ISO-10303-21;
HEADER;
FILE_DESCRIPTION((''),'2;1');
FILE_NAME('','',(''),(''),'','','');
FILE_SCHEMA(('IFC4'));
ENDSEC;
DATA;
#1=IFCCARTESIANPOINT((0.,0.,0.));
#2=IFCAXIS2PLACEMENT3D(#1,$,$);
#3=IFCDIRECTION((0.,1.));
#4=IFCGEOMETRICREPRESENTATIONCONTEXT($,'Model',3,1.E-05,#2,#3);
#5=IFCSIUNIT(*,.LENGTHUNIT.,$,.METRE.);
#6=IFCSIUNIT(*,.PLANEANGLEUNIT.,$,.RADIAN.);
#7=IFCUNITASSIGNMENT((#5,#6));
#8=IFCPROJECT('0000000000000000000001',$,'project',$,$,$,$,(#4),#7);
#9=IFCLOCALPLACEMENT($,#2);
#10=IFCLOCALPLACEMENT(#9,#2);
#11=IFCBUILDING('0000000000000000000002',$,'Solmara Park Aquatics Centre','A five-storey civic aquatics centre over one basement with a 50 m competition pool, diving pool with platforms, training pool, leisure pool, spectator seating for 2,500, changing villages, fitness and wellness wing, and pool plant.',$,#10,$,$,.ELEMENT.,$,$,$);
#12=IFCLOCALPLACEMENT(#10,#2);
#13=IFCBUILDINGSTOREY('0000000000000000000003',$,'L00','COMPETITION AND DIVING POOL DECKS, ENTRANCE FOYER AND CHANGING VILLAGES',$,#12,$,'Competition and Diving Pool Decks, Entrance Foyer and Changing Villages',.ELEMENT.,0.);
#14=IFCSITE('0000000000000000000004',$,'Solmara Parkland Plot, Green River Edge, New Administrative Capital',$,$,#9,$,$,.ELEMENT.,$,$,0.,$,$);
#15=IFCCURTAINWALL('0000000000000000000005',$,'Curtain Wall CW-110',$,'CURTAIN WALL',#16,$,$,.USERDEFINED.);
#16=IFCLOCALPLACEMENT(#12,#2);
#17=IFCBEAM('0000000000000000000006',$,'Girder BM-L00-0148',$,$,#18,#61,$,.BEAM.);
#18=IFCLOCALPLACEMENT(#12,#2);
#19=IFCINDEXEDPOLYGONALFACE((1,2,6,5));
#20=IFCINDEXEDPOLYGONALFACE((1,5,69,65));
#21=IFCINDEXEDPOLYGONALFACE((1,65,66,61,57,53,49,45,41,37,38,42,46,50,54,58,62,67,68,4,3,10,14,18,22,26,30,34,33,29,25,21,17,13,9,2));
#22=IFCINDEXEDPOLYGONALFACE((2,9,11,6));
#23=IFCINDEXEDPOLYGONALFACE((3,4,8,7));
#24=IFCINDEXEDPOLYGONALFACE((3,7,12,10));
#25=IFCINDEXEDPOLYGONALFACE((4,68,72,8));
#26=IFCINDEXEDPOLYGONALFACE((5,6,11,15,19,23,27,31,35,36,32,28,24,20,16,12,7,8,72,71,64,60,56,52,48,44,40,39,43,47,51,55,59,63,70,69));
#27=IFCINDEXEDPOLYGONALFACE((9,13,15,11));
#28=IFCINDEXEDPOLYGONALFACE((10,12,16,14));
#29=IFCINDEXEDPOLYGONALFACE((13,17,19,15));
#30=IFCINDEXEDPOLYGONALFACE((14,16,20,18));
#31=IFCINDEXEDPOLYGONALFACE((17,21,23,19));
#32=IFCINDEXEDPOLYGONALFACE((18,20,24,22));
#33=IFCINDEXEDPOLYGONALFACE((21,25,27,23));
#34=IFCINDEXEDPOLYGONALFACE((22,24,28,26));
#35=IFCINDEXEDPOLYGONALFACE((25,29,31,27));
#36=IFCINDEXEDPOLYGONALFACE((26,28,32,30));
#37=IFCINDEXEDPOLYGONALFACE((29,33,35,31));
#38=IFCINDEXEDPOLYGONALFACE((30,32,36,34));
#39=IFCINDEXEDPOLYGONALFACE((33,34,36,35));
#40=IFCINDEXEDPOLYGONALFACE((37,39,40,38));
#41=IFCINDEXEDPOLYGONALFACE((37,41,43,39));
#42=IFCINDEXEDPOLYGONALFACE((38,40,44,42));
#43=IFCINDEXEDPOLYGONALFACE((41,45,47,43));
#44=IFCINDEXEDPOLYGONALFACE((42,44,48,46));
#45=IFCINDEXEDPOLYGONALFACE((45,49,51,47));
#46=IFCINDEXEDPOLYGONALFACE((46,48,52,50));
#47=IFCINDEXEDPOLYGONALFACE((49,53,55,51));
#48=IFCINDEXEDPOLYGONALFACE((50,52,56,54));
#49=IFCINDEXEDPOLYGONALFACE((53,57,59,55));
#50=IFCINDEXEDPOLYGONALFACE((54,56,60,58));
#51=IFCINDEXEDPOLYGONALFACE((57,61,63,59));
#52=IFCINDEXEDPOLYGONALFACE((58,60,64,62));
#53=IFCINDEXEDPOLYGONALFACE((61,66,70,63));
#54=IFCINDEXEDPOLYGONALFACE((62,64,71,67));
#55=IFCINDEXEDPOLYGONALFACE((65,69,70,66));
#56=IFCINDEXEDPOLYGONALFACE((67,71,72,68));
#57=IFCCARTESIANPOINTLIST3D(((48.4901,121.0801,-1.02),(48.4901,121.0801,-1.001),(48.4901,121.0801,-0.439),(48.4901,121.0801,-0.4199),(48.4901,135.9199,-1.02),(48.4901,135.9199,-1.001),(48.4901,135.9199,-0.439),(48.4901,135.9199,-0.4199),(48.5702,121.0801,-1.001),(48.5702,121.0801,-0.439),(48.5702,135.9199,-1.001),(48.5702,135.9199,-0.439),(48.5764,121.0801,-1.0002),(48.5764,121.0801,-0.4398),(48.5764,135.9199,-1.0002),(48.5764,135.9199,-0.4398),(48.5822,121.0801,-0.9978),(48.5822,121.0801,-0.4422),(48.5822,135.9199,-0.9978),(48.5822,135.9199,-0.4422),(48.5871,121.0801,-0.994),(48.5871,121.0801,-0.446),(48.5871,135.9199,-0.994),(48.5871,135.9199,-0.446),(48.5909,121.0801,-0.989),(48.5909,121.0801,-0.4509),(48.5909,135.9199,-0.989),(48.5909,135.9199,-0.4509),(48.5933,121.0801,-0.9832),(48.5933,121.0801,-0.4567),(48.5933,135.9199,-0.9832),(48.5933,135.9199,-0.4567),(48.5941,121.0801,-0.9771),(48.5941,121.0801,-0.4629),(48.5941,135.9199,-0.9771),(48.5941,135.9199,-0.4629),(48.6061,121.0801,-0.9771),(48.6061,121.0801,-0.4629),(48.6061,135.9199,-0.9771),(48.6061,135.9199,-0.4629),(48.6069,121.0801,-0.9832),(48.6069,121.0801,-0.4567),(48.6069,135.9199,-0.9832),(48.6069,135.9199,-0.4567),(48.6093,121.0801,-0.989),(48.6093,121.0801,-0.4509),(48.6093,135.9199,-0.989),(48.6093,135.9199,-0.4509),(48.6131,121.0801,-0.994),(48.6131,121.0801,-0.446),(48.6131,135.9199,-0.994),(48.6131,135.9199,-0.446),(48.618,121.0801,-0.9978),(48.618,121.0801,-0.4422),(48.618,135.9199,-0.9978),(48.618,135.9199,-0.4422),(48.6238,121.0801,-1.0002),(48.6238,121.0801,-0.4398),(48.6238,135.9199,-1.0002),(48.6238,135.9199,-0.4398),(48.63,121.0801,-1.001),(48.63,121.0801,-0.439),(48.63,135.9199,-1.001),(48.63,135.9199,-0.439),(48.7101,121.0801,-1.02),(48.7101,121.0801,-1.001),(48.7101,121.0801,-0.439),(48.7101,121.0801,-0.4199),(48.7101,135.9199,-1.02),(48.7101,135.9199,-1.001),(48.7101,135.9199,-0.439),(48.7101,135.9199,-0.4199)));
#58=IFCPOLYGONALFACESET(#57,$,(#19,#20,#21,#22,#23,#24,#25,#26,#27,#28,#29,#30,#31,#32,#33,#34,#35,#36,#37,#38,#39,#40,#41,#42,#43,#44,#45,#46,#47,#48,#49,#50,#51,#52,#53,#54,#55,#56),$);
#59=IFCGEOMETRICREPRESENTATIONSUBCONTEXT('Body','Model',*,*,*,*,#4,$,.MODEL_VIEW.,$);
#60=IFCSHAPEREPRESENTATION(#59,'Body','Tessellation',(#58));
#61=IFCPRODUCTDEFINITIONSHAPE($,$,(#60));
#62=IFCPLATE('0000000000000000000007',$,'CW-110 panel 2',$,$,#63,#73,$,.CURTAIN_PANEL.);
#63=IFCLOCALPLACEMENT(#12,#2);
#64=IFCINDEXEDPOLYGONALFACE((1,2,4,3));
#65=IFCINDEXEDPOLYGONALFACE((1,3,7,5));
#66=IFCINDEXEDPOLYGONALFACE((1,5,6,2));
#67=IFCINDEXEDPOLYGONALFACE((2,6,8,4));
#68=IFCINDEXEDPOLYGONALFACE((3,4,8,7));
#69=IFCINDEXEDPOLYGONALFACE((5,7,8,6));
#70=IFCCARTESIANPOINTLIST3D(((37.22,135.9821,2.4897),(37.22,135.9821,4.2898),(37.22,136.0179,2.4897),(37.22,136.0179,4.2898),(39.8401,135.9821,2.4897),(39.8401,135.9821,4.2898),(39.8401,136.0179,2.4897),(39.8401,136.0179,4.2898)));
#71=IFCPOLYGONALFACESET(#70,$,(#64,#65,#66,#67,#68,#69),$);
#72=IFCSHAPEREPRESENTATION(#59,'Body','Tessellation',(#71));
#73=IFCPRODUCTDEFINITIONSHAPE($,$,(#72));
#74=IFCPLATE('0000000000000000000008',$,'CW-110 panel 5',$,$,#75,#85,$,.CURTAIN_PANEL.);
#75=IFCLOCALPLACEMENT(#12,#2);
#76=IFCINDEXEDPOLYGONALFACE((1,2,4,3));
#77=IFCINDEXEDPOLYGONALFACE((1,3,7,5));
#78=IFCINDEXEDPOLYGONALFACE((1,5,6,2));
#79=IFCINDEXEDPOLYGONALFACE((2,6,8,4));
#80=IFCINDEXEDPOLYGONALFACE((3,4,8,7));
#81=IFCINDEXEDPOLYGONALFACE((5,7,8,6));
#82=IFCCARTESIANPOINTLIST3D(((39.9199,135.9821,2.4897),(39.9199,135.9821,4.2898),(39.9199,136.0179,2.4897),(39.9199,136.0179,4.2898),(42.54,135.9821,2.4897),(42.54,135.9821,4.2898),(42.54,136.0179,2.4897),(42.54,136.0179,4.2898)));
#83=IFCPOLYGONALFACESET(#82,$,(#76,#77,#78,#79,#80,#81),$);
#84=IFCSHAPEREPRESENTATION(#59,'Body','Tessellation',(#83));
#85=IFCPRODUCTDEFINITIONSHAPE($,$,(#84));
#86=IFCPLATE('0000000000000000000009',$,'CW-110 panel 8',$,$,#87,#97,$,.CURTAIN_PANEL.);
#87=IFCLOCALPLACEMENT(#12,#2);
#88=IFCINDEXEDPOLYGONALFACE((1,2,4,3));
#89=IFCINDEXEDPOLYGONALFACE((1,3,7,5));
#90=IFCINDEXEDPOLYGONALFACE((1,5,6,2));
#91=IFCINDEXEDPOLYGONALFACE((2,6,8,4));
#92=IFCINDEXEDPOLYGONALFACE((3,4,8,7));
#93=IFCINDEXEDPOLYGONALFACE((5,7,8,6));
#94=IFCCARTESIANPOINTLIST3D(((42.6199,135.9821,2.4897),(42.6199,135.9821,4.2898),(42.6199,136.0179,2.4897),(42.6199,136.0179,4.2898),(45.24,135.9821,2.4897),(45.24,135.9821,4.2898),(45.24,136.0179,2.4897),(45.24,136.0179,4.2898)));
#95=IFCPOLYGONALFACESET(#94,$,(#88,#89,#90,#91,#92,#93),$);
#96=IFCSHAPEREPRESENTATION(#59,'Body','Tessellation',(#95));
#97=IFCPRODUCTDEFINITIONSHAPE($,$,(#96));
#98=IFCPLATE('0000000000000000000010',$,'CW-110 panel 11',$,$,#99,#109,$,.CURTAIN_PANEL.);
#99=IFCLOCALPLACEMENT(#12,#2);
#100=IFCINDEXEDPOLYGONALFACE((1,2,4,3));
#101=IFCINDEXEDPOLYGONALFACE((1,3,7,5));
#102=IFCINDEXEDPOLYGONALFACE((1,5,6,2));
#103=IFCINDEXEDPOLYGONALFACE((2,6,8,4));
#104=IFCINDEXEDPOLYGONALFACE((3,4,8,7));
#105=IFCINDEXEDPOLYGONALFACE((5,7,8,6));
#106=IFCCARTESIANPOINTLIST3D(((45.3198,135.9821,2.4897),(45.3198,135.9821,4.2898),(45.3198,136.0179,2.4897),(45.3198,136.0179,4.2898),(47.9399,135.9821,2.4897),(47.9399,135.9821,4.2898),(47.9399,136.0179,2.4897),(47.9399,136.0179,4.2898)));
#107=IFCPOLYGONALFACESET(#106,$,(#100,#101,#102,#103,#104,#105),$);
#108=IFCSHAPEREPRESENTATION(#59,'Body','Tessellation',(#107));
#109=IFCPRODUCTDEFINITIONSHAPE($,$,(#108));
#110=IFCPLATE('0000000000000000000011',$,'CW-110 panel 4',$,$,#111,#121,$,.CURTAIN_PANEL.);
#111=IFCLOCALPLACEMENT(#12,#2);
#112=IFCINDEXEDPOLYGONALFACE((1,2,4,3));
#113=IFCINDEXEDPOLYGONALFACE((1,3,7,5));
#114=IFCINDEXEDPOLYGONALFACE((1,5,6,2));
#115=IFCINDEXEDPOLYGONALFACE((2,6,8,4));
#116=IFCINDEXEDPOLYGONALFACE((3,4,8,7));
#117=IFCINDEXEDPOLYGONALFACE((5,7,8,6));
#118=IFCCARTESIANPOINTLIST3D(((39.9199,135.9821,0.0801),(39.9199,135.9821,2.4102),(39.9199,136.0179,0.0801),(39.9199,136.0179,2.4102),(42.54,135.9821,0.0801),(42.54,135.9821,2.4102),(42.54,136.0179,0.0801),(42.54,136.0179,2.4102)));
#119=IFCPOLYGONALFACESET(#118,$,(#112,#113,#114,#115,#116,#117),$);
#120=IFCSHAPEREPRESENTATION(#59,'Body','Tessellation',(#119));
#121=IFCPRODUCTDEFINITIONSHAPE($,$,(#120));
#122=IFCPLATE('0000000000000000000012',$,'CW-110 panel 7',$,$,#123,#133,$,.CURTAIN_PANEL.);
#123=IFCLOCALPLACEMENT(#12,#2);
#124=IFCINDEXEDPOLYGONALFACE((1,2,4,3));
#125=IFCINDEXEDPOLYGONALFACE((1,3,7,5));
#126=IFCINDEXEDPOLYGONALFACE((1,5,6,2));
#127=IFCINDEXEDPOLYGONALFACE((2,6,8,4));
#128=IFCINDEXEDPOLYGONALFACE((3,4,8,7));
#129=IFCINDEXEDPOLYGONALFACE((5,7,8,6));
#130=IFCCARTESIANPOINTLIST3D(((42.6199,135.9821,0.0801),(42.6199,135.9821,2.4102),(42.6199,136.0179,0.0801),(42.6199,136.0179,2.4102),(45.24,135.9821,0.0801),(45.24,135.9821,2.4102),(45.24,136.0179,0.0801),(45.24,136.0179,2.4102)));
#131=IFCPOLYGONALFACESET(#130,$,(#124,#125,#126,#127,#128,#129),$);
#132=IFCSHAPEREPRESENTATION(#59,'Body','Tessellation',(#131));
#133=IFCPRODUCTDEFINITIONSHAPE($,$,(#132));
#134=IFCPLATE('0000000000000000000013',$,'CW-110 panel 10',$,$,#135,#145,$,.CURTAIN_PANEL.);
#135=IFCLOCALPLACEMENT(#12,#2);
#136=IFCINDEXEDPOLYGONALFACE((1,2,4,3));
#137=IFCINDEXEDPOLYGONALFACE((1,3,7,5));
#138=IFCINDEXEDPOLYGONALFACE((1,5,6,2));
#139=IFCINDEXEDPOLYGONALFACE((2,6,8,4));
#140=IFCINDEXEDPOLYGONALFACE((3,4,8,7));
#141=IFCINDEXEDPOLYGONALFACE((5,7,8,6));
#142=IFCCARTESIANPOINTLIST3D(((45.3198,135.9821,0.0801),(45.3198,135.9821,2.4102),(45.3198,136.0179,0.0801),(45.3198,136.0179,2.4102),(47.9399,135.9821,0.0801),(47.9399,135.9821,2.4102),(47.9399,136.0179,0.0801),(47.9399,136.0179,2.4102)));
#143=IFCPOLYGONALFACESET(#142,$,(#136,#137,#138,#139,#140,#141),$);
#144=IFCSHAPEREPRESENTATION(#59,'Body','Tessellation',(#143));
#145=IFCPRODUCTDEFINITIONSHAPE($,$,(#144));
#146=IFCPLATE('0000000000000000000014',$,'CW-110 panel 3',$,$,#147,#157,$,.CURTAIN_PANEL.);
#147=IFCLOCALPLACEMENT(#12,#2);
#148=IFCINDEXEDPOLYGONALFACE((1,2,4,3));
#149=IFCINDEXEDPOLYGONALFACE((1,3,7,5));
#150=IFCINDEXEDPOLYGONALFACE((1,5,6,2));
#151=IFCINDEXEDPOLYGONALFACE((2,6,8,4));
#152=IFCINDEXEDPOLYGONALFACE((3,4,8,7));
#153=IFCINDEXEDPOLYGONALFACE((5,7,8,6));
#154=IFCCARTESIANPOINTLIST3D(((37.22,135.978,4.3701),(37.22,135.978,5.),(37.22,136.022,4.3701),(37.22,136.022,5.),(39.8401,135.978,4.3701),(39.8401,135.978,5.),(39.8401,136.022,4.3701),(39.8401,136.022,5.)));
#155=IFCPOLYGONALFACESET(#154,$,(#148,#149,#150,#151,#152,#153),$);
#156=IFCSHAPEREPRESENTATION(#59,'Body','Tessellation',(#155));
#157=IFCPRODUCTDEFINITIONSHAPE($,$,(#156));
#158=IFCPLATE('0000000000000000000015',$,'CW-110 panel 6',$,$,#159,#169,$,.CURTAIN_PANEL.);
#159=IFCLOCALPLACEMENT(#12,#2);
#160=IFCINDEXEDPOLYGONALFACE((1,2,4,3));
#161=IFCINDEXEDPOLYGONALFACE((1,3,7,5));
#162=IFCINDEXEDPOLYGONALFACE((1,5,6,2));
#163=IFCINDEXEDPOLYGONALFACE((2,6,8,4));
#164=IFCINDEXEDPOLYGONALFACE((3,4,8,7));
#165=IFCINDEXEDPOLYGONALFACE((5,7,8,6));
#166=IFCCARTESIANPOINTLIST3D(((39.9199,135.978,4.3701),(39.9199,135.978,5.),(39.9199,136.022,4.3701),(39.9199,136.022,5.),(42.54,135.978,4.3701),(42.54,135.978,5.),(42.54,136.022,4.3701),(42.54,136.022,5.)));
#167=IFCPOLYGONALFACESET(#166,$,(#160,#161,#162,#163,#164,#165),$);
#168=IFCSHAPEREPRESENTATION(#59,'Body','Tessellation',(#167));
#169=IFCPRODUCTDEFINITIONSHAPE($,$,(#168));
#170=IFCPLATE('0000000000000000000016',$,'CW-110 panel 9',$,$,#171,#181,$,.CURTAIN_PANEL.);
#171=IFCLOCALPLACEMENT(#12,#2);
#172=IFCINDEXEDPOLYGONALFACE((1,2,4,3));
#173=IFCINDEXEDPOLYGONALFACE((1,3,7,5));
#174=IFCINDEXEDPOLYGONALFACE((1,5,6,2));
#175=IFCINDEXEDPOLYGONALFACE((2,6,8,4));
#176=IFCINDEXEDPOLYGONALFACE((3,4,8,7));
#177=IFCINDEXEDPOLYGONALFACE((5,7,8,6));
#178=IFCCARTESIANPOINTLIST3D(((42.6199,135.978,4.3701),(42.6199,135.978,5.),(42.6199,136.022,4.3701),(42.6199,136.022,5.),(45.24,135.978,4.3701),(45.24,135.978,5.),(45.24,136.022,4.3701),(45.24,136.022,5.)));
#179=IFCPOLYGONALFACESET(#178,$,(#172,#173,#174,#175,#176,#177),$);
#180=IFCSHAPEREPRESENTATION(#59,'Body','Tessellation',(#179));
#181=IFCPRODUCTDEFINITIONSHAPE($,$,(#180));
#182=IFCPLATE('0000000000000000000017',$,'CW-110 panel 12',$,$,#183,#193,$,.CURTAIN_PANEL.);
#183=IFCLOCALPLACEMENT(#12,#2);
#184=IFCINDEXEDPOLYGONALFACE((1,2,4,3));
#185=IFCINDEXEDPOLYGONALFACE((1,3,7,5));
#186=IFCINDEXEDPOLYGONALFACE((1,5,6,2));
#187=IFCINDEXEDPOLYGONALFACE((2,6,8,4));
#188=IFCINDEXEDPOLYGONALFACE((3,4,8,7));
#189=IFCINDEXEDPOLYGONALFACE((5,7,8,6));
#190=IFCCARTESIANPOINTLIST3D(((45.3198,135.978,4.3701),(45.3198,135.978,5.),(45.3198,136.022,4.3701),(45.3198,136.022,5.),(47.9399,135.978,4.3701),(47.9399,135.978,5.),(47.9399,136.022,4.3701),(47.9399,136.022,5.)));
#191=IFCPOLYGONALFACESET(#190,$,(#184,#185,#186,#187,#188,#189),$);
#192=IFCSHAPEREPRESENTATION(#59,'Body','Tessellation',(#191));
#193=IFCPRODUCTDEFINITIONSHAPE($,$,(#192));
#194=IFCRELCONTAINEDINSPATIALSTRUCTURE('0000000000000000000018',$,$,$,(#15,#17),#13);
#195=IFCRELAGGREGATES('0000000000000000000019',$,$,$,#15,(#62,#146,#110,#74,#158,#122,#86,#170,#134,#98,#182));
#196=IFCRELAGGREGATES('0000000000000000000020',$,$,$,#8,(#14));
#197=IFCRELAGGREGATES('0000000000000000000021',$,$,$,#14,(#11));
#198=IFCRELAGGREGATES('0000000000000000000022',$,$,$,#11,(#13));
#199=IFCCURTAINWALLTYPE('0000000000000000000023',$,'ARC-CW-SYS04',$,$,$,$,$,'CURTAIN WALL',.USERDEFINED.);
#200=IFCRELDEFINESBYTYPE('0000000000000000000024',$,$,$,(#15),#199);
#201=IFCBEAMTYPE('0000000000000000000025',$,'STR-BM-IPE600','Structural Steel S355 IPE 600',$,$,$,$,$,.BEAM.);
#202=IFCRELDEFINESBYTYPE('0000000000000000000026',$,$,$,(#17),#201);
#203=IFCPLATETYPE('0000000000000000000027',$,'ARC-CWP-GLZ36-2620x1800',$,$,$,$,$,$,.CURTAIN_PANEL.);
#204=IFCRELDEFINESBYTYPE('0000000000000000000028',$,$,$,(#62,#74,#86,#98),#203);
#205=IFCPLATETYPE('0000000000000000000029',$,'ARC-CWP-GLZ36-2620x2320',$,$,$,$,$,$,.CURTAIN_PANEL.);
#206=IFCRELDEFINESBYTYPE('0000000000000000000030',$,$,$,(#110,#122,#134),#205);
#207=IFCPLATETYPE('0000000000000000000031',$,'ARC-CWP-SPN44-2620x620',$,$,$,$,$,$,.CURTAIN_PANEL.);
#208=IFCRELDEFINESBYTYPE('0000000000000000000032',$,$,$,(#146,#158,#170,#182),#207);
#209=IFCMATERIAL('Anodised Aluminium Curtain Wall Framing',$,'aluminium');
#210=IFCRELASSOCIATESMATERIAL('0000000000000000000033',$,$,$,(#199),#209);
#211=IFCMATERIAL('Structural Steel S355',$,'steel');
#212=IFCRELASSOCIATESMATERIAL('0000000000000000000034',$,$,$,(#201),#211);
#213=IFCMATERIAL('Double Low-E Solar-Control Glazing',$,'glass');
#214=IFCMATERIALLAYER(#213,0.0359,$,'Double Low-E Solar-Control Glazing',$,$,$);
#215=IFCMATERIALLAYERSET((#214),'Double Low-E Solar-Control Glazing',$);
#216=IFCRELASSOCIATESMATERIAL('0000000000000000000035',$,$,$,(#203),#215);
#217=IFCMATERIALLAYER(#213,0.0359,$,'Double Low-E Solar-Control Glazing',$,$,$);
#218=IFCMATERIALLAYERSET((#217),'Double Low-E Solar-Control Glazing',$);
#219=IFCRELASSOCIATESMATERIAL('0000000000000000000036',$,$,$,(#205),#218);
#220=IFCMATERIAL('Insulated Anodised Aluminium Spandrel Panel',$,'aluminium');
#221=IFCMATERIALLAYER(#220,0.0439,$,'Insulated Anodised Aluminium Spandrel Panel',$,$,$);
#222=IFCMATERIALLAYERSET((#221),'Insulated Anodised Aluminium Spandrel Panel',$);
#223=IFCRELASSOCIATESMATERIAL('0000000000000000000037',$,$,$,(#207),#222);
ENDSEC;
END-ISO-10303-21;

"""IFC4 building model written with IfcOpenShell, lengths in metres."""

from ifc_helpers import new_model, si_unit, direction, frame, origin, origin_2d, place, context, subcontext, project, spatial, rectangle, i_section, extrude, material, layer, layer_set, material_profile, profile_set, type_object, element, aggregate, save


model = new_model("IFC4")

# Units and contexts
model_context = context("Model", 3, precision=1e-05, world=origin(), true_north=direction((0.0, 1.0)))
body_context = subcontext(model_context, "Body", "Model", "MODEL_VIEW")
ifc_project = project(units=[si_unit("LENGTHUNIT", "METRE"), si_unit("PLANEANGLEUNIT", "RADIAN")], contexts=[model_context])

# Site, building, storey
site_placement = place(None, origin())
site = spatial("IfcSite", under=ifc_project, at=site_placement, Name="Solmara Parkland Plot, Green River Edge, New Administrative Capital", CompositionType="ELEMENT", RefElevation=0.0)
building_placement = place(site_placement, origin())
building = spatial("IfcBuilding", under=site, at=building_placement, Name="Solmara Park Aquatics Centre", Description="A five-storey civic aquatics centre over one basement with a 50 m competition pool, diving pool with platforms, training pool, leisure pool, spectator seating for 2,500, changing villages, fitness and wellness wing, and pool plant.", CompositionType="ELEMENT")
storey_placement = place(building_placement, origin())
storey = spatial("IfcBuildingStorey", under=building, at=storey_placement, Name="L00", Description="COMPETITION AND DIVING POOL DECKS, ENTRANCE FOYER AND CHANGING VILLAGES", LongName="Competition and Diving Pool Decks, Entrance Foyer and Changing Villages", CompositionType="ELEMENT", Elevation=0.0)

# Curtain wall
ifc_material_1 = material(Name="Anodised Aluminium Curtain Wall Framing", Category="aluminium")
curtain_wall_type = type_object("IfcCurtainWallType", Name="ARC-CW-SYS04", ElementType="CURTAIN WALL", PredefinedType="USERDEFINED", material=ifc_material_1)
curtain_wall_placement = place(storey_placement, origin())
curtain_wall = element("IfcCurtainWall", 1, at=curtain_wall_placement, inside=storey, type_object=curtain_wall_type, Name="Curtain Wall CW-110", ObjectType="CURTAIN WALL", PredefinedType="USERDEFINED")

# Beam
ifc_material_2 = material(Name="Structural Steel S355", Category="steel")
ifc_material_profile_1 = material_profile(ifc_material_2, i_section(OverallWidth=0.22, OverallDepth=0.6001, WebThickness=0.012, FlangeThickness=0.019, FilletRadius=0.0239, at=origin_2d()), Name="IPE 600")
ifc_profile_set_1 = profile_set([ifc_material_profile_1], Name="Structural Steel S355")
beam_type_1 = type_object("IfcBeamType", Name="STR-BM-IPE600", Description="Structural Steel S355 IPE 600", PredefinedType="BEAM", material=ifc_profile_set_1)
beam_1_placement = place(storey_placement, frame((48.6001, 121.0801, -0.72), z_axis=(0.0, 1.0, 0.0), x_axis=(-1.0, 0.0, 0.0)))
element("IfcBeam", 2, at=beam_1_placement, inside=storey, type_object=beam_type_1, Name="Girder BM-L00-0148", PredefinedType="BEAM", context=body_context, shape_type="SweptSolid", body=[
    extrude(i_section(OverallWidth=0.22, OverallDepth=0.6001, WebThickness=0.012, FlangeThickness=0.019, FilletRadius=0.0239, at=origin_2d()), origin(), (0.0, 0.0, 1.0), 14.8398),
])

# Plates
ifc_material_3 = material(Name="Double Low-E Solar-Control Glazing", Category="glass")
ifc_layer_1 = layer(ifc_material_3, 0.0359, Name="Double Low-E Solar-Control Glazing")
ifc_layer_set_1 = layer_set([ifc_layer_1], Name="Double Low-E Solar-Control Glazing")
plate_type_1 = type_object("IfcPlateType", Name="ARC-CWP-GLZ36-2620x1800", PredefinedType="CURTAIN_PANEL", material=ifc_layer_set_1)
plate_1_placement = place(storey_placement, frame((38.53, 136.0, 2.4897), z_axis=(0.0, 0.0, 1.0), x_axis=(1.0, 0.0, 0.0)))
plate_1 = element("IfcPlate", 3, at=plate_1_placement, type_object=plate_type_1, Name="CW-110 panel 2", PredefinedType="CURTAIN_PANEL", context=body_context, shape_type="SweptSolid", body=[
    extrude(rectangle(XDim=2.6201, YDim=0.0359, at=origin_2d()), origin(), (0.0, 0.0, 1.0), 1.8),
])
plate_2_placement = place(storey_placement, frame((41.23, 136.0, 2.4897), z_axis=(0.0, 0.0, 1.0), x_axis=(1.0, 0.0, 0.0)))
plate_2 = element("IfcPlate", 4, at=plate_2_placement, type_object=plate_type_1, Name="CW-110 panel 5", PredefinedType="CURTAIN_PANEL", context=body_context, shape_type="SweptSolid", body=[
    extrude(rectangle(XDim=2.6201, YDim=0.0359, at=origin_2d()), origin(), (0.0, 0.0, 1.0), 1.8),
])
plate_3_placement = place(storey_placement, frame((43.9299, 136.0, 2.4897), z_axis=(0.0, 0.0, 1.0), x_axis=(1.0, 0.0, 0.0)))
plate_3 = element("IfcPlate", 5, at=plate_3_placement, type_object=plate_type_1, Name="CW-110 panel 8", PredefinedType="CURTAIN_PANEL", context=body_context, shape_type="SweptSolid", body=[
    extrude(rectangle(XDim=2.6201, YDim=0.0359, at=origin_2d()), origin(), (0.0, 0.0, 1.0), 1.8),
])
plate_4_placement = place(storey_placement, frame((46.6299, 136.0, 2.4897), z_axis=(0.0, 0.0, 1.0), x_axis=(1.0, 0.0, 0.0)))
plate_4 = element("IfcPlate", 6, at=plate_4_placement, type_object=plate_type_1, Name="CW-110 panel 11", PredefinedType="CURTAIN_PANEL", context=body_context, shape_type="SweptSolid", body=[
    extrude(rectangle(XDim=2.6201, YDim=0.0359, at=origin_2d()), origin(), (0.0, 0.0, 1.0), 1.8),
])
ifc_layer_2 = layer(ifc_material_3, 0.0359, Name="Double Low-E Solar-Control Glazing")
ifc_layer_set_2 = layer_set([ifc_layer_2], Name="Double Low-E Solar-Control Glazing")
plate_type_2 = type_object("IfcPlateType", Name="ARC-CWP-GLZ36-2620x2320", PredefinedType="CURTAIN_PANEL", material=ifc_layer_set_2)
plate_5_placement = place(storey_placement, frame((41.23, 136.0, 0.0801), z_axis=(0.0, 0.0, 1.0), x_axis=(1.0, 0.0, 0.0)))
plate_5 = element("IfcPlate", 7, at=plate_5_placement, type_object=plate_type_2, Name="CW-110 panel 4", PredefinedType="CURTAIN_PANEL", context=body_context, shape_type="SweptSolid", body=[
    extrude(rectangle(XDim=2.6201, YDim=0.0359, at=origin_2d()), origin(), (0.0, 0.0, 1.0), 2.3301),
])
plate_6_placement = place(storey_placement, frame((43.9299, 136.0, 0.0801), z_axis=(0.0, 0.0, 1.0), x_axis=(1.0, 0.0, 0.0)))
plate_6 = element("IfcPlate", 8, at=plate_6_placement, type_object=plate_type_2, Name="CW-110 panel 7", PredefinedType="CURTAIN_PANEL", context=body_context, shape_type="SweptSolid", body=[
    extrude(rectangle(XDim=2.6201, YDim=0.0359, at=origin_2d()), origin(), (0.0, 0.0, 1.0), 2.3301),
])
plate_7_placement = place(storey_placement, frame((46.6299, 136.0, 0.0801), z_axis=(0.0, 0.0, 1.0), x_axis=(1.0, 0.0, 0.0)))
plate_7 = element("IfcPlate", 9, at=plate_7_placement, type_object=plate_type_2, Name="CW-110 panel 10", PredefinedType="CURTAIN_PANEL", context=body_context, shape_type="SweptSolid", body=[
    extrude(rectangle(XDim=2.6201, YDim=0.0359, at=origin_2d()), origin(), (0.0, 0.0, 1.0), 2.3301),
])
ifc_material_4 = material(Name="Insulated Anodised Aluminium Spandrel Panel", Category="aluminium")
ifc_layer_3 = layer(ifc_material_4, 0.0439, Name="Insulated Anodised Aluminium Spandrel Panel")
ifc_layer_set_3 = layer_set([ifc_layer_3], Name="Insulated Anodised Aluminium Spandrel Panel")
plate_type_3 = type_object("IfcPlateType", Name="ARC-CWP-SPN44-2620x620", PredefinedType="CURTAIN_PANEL", material=ifc_layer_set_3)
plate_8_placement = place(storey_placement, frame((38.53, 136.0, 4.3701), z_axis=(0.0, 0.0, 1.0), x_axis=(1.0, 0.0, 0.0)))
plate_8 = element("IfcPlate", 10, at=plate_8_placement, type_object=plate_type_3, Name="CW-110 panel 3", PredefinedType="CURTAIN_PANEL", context=body_context, shape_type="SweptSolid", body=[
    extrude(rectangle(XDim=2.6201, YDim=0.0439, at=origin_2d()), origin(), (0.0, 0.0, 1.0), 0.6299),
])
plate_9_placement = place(storey_placement, frame((41.23, 136.0, 4.3701), z_axis=(0.0, 0.0, 1.0), x_axis=(1.0, 0.0, 0.0)))
plate_9 = element("IfcPlate", 11, at=plate_9_placement, type_object=plate_type_3, Name="CW-110 panel 6", PredefinedType="CURTAIN_PANEL", context=body_context, shape_type="SweptSolid", body=[
    extrude(rectangle(XDim=2.6201, YDim=0.0439, at=origin_2d()), origin(), (0.0, 0.0, 1.0), 0.6299),
])
plate_10_placement = place(storey_placement, frame((43.9299, 136.0, 4.3701), z_axis=(0.0, 0.0, 1.0), x_axis=(1.0, 0.0, 0.0)))
plate_10 = element("IfcPlate", 12, at=plate_10_placement, type_object=plate_type_3, Name="CW-110 panel 9", PredefinedType="CURTAIN_PANEL", context=body_context, shape_type="SweptSolid", body=[
    extrude(rectangle(XDim=2.6201, YDim=0.0439, at=origin_2d()), origin(), (0.0, 0.0, 1.0), 0.6299),
])
plate_11_placement = place(storey_placement, frame((46.6299, 136.0, 4.3701), z_axis=(0.0, 0.0, 1.0), x_axis=(1.0, 0.0, 0.0)))
plate_11 = element("IfcPlate", 13, at=plate_11_placement, type_object=plate_type_3, Name="CW-110 panel 12", PredefinedType="CURTAIN_PANEL", context=body_context, shape_type="SweptSolid", body=[
    extrude(rectangle(XDim=2.6201, YDim=0.0439, at=origin_2d()), origin(), (0.0, 0.0, 1.0), 0.6299),
])
aggregate(curtain_wall, [plate_1, plate_8, plate_5, plate_2, plate_9, plate_6, plate_3, plate_10, plate_7, plate_4, plate_11])

save(model, "model.ifc")
